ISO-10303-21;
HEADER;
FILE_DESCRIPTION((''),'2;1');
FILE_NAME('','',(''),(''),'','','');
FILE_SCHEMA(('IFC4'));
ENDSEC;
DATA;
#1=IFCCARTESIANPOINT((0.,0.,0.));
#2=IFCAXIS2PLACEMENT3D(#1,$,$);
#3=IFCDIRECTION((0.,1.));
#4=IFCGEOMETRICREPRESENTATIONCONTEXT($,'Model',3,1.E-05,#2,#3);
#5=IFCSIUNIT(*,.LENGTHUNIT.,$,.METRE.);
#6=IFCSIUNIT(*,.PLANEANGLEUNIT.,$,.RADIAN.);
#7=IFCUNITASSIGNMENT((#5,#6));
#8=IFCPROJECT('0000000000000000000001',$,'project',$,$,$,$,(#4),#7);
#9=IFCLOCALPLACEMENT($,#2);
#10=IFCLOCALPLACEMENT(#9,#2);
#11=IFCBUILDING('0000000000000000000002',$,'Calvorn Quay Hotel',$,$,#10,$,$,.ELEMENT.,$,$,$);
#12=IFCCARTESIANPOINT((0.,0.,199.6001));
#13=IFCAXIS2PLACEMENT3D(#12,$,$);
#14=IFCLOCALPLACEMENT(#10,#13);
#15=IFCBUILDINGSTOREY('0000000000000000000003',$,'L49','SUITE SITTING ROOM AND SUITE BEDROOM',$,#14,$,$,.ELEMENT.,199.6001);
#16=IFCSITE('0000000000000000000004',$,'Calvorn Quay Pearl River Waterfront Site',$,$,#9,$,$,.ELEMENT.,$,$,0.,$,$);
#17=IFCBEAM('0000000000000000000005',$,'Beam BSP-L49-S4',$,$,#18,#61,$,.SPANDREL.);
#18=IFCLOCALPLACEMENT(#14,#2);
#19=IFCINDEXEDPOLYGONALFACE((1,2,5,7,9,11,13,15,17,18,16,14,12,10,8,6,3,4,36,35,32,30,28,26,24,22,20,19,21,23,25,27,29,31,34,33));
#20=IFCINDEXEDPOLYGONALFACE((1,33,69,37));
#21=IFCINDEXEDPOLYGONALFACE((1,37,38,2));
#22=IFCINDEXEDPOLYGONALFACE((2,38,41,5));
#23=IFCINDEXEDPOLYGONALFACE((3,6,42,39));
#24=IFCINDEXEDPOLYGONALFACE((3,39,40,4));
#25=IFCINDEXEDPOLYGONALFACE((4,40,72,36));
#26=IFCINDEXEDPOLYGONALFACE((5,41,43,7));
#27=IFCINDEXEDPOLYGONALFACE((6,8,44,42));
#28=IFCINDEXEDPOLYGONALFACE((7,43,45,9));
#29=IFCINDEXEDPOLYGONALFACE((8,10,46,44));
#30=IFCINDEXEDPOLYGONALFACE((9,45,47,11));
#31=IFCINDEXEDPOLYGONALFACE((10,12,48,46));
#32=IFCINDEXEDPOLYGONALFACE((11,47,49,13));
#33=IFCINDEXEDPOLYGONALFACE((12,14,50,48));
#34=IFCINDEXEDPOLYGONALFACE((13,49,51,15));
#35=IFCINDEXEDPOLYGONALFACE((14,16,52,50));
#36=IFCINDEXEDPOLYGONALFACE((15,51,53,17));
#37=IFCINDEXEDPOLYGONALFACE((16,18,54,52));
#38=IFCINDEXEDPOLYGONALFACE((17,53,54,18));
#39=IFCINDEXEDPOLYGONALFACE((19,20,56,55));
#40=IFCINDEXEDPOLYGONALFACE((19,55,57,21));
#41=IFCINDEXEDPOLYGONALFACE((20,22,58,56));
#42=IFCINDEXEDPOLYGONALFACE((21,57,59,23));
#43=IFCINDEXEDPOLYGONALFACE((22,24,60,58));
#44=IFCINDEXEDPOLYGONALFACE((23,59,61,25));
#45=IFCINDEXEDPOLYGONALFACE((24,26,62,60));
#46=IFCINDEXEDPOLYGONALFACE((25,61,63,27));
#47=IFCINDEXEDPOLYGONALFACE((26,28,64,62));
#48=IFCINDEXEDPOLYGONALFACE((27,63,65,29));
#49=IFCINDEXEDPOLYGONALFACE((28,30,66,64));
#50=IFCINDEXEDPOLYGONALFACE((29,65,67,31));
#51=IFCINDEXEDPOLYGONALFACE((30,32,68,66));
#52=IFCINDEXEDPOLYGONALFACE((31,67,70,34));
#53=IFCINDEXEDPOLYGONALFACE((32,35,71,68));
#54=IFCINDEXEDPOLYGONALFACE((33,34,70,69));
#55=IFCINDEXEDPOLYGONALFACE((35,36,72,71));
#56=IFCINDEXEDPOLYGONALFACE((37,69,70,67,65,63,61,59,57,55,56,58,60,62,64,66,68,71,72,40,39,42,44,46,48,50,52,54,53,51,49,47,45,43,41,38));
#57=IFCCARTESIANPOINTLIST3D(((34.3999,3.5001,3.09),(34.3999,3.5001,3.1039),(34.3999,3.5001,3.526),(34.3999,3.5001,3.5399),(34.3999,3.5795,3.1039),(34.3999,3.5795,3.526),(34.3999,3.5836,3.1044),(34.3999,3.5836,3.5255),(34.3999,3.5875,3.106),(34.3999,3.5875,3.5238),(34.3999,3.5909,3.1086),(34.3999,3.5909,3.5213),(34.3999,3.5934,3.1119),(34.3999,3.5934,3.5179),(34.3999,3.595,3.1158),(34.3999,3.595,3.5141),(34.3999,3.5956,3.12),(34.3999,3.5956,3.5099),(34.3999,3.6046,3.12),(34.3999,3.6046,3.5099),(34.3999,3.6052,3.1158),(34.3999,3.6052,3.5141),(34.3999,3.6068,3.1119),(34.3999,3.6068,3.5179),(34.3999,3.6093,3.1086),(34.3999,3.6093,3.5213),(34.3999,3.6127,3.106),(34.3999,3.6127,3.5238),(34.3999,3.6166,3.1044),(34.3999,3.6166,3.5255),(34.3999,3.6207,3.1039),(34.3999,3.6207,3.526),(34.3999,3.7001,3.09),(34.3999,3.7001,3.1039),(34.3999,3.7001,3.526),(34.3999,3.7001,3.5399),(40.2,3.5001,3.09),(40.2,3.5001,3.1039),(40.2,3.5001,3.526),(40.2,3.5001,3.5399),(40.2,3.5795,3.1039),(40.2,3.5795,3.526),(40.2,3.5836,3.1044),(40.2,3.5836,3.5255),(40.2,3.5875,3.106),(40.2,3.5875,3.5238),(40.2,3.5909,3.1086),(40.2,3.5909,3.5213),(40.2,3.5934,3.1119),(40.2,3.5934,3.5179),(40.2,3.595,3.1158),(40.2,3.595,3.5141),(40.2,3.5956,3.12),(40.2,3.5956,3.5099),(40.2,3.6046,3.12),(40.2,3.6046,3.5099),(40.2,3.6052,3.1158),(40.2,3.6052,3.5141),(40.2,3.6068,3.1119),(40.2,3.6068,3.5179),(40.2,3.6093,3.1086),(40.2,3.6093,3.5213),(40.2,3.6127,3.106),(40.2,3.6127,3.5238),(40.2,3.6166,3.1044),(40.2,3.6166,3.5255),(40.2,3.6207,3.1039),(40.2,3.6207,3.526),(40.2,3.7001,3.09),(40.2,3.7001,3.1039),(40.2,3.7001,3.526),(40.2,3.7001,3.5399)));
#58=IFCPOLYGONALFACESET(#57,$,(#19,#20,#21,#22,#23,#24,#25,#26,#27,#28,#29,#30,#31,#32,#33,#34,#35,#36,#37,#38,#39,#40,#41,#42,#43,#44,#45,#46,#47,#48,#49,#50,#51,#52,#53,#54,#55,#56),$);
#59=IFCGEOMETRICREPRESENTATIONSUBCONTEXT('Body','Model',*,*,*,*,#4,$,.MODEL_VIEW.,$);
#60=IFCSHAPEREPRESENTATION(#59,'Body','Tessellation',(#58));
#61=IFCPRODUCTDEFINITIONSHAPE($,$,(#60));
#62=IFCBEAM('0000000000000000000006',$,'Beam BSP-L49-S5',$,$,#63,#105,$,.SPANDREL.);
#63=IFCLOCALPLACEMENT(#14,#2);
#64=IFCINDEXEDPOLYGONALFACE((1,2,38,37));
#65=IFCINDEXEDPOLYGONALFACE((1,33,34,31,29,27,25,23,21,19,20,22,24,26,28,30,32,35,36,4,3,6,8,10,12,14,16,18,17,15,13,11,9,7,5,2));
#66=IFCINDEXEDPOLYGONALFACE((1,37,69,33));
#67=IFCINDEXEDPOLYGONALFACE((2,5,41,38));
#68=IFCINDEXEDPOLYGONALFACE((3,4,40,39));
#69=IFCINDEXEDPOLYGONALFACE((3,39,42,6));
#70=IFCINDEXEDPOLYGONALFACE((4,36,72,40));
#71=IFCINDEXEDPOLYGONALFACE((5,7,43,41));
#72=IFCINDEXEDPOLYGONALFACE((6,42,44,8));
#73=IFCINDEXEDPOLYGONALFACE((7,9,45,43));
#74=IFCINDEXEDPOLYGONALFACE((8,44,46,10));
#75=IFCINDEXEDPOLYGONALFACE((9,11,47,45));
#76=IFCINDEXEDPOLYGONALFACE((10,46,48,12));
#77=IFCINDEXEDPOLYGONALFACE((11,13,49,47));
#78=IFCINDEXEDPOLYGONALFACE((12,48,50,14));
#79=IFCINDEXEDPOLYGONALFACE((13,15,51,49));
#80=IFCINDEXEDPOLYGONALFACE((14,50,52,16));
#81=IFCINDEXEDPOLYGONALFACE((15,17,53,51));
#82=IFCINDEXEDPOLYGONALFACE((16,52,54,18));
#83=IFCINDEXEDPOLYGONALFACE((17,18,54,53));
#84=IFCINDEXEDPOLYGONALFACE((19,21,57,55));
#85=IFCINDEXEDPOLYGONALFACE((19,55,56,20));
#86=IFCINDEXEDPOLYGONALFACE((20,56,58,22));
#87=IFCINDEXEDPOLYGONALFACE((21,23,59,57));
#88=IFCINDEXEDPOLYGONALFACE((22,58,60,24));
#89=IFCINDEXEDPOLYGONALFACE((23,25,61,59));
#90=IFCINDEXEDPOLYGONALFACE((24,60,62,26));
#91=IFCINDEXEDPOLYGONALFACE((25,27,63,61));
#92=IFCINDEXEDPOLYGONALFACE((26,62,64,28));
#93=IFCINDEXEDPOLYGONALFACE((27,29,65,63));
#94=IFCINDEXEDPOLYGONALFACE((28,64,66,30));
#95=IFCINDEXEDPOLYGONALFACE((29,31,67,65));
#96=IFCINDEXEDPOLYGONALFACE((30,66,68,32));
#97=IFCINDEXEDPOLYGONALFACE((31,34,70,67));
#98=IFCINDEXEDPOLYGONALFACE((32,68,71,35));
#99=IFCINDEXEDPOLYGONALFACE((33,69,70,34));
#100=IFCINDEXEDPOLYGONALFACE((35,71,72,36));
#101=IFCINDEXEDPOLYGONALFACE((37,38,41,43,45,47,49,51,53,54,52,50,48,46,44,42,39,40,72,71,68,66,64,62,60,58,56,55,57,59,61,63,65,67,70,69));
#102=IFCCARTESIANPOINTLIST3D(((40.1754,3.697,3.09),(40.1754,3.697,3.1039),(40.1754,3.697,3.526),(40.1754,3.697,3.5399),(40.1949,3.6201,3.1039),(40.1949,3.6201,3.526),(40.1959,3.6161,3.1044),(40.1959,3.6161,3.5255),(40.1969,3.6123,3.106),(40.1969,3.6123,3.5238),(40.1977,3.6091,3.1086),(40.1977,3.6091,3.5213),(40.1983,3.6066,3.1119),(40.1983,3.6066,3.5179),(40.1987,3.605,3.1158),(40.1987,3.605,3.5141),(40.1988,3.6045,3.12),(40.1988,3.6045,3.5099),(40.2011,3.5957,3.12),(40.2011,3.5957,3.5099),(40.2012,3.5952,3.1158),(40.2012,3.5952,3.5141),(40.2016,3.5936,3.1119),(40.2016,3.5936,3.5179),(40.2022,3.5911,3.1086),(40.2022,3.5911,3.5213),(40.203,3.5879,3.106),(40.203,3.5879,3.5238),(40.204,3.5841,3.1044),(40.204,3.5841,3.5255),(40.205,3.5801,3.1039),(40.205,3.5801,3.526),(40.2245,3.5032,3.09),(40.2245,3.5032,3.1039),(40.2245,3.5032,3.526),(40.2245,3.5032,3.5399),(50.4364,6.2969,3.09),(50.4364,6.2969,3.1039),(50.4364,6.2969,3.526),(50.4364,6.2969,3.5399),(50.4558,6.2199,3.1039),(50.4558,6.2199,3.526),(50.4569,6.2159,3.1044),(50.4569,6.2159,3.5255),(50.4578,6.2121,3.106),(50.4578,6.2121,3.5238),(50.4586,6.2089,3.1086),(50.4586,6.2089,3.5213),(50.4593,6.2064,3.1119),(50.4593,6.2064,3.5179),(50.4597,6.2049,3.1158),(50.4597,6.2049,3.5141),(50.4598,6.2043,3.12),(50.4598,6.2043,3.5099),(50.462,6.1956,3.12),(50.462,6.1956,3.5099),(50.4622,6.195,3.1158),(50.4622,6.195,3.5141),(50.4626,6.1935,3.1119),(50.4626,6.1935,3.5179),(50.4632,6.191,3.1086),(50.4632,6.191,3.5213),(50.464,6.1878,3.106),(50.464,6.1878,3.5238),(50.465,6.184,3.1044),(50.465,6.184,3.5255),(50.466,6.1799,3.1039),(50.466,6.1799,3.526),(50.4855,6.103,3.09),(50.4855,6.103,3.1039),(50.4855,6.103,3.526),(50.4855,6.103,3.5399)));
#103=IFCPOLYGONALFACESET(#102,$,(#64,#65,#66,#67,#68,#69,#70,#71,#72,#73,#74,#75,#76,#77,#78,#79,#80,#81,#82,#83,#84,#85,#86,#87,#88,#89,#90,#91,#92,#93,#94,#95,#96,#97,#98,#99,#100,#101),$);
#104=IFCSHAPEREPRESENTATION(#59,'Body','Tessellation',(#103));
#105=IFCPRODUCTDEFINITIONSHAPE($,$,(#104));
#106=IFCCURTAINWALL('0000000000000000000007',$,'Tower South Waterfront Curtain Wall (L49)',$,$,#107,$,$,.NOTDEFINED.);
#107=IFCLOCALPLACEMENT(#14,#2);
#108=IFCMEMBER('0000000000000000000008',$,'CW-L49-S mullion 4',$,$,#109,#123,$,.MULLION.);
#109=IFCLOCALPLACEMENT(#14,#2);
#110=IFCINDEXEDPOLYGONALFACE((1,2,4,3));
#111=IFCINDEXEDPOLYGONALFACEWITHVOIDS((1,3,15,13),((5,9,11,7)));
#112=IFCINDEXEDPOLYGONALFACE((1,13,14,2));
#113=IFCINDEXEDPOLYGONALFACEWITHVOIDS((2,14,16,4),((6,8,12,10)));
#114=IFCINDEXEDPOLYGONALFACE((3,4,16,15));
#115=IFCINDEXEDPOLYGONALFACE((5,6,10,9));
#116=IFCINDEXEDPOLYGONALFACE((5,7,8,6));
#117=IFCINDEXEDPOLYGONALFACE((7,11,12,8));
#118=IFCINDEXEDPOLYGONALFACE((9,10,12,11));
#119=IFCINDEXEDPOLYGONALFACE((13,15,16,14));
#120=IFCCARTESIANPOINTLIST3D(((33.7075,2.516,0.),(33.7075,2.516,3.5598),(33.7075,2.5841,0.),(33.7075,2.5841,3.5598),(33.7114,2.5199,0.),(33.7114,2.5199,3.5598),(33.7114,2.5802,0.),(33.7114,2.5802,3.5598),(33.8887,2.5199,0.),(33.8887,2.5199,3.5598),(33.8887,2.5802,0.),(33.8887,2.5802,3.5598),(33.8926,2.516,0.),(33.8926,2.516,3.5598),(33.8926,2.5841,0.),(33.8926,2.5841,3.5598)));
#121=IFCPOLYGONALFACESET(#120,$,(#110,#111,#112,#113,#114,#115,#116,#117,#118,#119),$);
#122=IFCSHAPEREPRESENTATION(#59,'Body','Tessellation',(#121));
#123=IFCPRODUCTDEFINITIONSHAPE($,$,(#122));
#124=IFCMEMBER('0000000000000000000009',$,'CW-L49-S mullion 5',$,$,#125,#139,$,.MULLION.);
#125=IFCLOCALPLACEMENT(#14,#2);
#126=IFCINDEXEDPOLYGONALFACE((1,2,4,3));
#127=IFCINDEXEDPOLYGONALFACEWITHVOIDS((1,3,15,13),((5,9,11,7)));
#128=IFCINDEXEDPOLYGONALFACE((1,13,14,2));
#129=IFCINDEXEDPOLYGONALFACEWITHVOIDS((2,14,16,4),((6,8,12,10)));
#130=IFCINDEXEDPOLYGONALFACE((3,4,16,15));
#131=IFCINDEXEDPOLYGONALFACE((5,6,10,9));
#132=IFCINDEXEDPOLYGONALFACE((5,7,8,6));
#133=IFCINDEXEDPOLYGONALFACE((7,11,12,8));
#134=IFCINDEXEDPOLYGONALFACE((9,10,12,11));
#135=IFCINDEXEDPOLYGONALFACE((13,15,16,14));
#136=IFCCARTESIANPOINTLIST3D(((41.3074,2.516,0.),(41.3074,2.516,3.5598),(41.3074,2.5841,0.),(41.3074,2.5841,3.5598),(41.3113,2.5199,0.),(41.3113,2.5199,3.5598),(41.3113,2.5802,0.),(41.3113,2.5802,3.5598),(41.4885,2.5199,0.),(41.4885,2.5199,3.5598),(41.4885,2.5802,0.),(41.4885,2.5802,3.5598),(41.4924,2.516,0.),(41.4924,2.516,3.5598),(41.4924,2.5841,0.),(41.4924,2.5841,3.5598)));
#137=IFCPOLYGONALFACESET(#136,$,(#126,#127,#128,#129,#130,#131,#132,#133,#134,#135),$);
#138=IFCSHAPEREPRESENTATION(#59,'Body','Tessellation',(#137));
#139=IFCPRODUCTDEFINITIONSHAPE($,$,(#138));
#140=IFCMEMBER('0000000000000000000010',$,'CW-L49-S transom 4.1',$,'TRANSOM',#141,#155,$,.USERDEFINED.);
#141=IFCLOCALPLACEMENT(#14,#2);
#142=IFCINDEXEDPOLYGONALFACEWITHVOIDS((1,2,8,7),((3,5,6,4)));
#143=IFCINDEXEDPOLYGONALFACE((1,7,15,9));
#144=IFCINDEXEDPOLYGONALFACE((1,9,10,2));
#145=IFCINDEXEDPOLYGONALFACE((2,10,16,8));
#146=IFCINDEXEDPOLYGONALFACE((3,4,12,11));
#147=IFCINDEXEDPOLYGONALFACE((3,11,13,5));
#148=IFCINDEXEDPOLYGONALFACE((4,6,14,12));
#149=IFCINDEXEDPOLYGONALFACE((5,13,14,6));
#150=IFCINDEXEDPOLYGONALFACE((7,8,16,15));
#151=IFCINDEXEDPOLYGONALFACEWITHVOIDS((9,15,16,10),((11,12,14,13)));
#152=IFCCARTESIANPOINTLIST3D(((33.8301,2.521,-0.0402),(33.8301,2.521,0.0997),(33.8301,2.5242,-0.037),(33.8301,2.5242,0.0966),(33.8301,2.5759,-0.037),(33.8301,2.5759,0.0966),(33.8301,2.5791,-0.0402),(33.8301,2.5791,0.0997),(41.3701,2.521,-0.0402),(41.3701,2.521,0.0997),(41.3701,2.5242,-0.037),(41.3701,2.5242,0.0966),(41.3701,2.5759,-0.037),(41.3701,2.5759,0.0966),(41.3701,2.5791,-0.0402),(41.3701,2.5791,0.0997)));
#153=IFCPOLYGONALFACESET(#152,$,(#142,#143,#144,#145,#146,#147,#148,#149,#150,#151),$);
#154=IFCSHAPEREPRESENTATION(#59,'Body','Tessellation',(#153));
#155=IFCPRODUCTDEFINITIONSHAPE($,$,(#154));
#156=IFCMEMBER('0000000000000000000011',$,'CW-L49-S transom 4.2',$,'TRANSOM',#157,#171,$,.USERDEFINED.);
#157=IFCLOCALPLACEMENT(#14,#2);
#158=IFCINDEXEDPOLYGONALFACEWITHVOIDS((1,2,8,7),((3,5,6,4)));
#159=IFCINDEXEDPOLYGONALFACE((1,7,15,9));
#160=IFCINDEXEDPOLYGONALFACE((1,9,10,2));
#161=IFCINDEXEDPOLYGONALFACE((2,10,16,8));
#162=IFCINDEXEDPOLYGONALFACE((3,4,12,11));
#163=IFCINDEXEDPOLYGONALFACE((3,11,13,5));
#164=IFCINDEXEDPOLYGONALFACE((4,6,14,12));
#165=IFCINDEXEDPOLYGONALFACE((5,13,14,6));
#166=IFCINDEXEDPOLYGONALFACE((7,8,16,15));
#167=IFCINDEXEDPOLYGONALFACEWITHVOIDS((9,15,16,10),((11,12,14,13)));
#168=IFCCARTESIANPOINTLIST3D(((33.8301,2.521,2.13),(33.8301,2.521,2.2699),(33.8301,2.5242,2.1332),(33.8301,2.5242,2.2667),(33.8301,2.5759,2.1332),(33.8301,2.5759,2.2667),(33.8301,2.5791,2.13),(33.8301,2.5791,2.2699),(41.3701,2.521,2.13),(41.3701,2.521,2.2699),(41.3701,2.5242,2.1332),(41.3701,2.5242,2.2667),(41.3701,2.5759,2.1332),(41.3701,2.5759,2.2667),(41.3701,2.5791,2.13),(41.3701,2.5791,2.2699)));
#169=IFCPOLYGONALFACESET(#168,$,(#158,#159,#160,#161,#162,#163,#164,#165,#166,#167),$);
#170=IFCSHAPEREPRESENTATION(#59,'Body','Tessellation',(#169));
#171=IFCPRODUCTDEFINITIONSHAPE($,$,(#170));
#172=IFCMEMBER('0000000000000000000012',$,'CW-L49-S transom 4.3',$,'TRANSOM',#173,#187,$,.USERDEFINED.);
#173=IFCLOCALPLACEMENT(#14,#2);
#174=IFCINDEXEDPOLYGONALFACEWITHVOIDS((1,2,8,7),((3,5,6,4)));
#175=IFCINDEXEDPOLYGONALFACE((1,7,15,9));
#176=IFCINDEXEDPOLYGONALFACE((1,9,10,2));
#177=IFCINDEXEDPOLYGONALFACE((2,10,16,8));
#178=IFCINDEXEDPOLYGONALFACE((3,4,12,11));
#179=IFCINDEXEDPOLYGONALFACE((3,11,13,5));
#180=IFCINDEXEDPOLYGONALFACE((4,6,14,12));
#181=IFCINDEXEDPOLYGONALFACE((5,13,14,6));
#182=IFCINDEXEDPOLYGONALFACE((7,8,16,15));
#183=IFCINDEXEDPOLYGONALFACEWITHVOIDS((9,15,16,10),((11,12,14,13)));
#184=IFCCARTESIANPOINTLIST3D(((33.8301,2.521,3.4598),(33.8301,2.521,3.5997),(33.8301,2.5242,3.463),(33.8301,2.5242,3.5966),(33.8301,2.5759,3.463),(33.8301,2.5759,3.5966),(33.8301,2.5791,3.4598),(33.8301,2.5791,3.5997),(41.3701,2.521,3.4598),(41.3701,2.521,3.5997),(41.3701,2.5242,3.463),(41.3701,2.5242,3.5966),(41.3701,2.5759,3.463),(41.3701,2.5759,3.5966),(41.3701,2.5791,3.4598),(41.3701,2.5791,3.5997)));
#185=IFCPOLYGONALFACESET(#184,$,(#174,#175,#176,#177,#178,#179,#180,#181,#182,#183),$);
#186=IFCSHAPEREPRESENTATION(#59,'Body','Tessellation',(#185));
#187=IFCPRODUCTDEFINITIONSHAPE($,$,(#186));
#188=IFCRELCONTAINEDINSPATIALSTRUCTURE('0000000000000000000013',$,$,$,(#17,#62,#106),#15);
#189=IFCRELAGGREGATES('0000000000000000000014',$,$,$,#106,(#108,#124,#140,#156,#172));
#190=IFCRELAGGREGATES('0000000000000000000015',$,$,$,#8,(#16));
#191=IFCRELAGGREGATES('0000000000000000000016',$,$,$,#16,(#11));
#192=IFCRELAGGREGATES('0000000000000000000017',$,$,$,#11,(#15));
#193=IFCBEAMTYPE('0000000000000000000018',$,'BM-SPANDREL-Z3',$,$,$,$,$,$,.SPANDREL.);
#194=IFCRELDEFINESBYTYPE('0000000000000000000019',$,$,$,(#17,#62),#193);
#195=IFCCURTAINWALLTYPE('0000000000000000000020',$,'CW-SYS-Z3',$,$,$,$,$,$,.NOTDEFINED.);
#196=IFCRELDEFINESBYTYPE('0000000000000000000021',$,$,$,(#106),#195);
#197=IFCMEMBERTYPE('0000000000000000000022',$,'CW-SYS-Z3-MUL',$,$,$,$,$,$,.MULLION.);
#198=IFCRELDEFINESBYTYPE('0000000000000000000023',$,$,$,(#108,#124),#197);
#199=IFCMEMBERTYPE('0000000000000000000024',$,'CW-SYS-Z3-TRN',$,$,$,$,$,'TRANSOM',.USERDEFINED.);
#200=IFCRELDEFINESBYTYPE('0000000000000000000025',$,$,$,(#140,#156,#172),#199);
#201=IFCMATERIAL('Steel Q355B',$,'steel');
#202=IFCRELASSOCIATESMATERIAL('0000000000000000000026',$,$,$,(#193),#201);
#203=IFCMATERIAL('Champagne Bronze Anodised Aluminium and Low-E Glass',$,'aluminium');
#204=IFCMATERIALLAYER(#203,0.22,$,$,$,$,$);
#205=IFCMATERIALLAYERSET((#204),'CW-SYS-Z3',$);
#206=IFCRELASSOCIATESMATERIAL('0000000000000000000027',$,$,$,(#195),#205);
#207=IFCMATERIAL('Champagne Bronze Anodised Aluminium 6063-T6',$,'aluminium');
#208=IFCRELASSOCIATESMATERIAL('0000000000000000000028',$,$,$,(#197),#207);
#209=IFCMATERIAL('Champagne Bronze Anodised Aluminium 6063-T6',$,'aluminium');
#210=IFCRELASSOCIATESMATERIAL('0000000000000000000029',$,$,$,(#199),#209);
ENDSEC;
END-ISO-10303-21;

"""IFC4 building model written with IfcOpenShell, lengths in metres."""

from ifc_helpers import new_model, si_unit, direction, frame, origin, origin_2d, place, context, subcontext, project, spatial, hollow_rectangle, i_section, extrude, material, layer, layer_set, material_profile, profile_set, type_object, element, aggregate, save


model = new_model("IFC4")

# Units and contexts
model_context = context("Model", 3, precision=1e-05, world=origin(), true_north=direction((0.0, 1.0)))
body_context = subcontext(model_context, "Body", "Model", "MODEL_VIEW")
ifc_project = project(units=[si_unit("LENGTHUNIT", "METRE"), si_unit("PLANEANGLEUNIT", "RADIAN")], contexts=[model_context])

# Site, building, storey
site_placement = place(None, origin())
site = spatial("IfcSite", under=ifc_project, at=site_placement, Name="Calvorn Quay Pearl River Waterfront Site", CompositionType="ELEMENT", RefElevation=0.0)
building_placement = place(site_placement, origin())
building = spatial("IfcBuilding", under=site, at=building_placement, Name="Calvorn Quay Hotel", CompositionType="ELEMENT")
storey_placement = place(building_placement, frame((0.0, 0.0, 199.6001)))
storey = spatial("IfcBuildingStorey", under=building, at=storey_placement, Name="L49", Description="SUITE SITTING ROOM AND SUITE BEDROOM", CompositionType="ELEMENT", Elevation=199.6001)

# Beams
ifc_material_1 = material(Name="Steel Q355B", Category="steel")
ifc_material_profile_1 = material_profile(ifc_material_1, i_section(OverallWidth=0.2, OverallDepth=0.45, WebThickness=0.009, FlangeThickness=0.0139, FilletRadius=0.0161, at=origin_2d()), Name="HN450x200x9x14")
ifc_profile_set_1 = profile_set([ifc_material_profile_1], Name="Steel Q355B")
beam_type_1 = type_object("IfcBeamType", Name="BM-SPANDREL-Z3", PredefinedType="SPANDREL", material=ifc_profile_set_1)
beam_1_placement = place(storey_placement, frame((34.3999, 3.6001, 3.3149), z_axis=(1.0, 0.0, 0.0), x_axis=(0.0, 1.0, 0.0)))
element("IfcBeam", 1, at=beam_1_placement, inside=storey, type_object=beam_type_1, Name="Beam BSP-L49-S4", PredefinedType="SPANDREL", context=body_context, shape_type="SweptSolid", body=[
    extrude(i_section(OverallWidth=0.2, OverallDepth=0.45, WebThickness=0.009, FlangeThickness=0.0139, FilletRadius=0.0161, at=origin_2d()), origin(), (0.0, 0.0, 1.0), 5.8),
])
beam_2_placement = place(storey_placement, frame((40.2, 3.6001, 3.3149), z_axis=(0.969368, 0.245611, 0.0), x_axis=(-0.245611, 0.969368, 0.0)))
element("IfcBeam", 2, at=beam_2_placement, inside=storey, type_object=beam_type_1, Name="Beam BSP-L49-S5", PredefinedType="SPANDREL", context=body_context, shape_type="SweptSolid", body=[
    extrude(i_section(OverallWidth=0.2, OverallDepth=0.45, WebThickness=0.009, FlangeThickness=0.0139, FilletRadius=0.0161, at=origin_2d()), origin(), (0.0, 0.0, 1.0), 10.5852),
])

# Curtain wall, members
ifc_material_2 = material(Name="Champagne Bronze Anodised Aluminium and Low-E Glass", Category="aluminium")
ifc_layer_1 = layer(ifc_material_2, 0.22)
ifc_layer_set_1 = layer_set([ifc_layer_1], Name="CW-SYS-Z3")
curtain_wall_type = type_object("IfcCurtainWallType", Name="CW-SYS-Z3", PredefinedType="NOTDEFINED", material=ifc_layer_set_1)
curtain_wall_placement = place(storey_placement, origin())
curtain_wall = element("IfcCurtainWall", 3, at=curtain_wall_placement, inside=storey, type_object=curtain_wall_type, Name="Tower South Waterfront Curtain Wall (L49)", PredefinedType="NOTDEFINED")
ifc_material_3 = material(Name="Champagne Bronze Anodised Aluminium 6063-T6", Category="aluminium")
ifc_material_profile_2 = material_profile(ifc_material_3, hollow_rectangle(XDim=0.0681, YDim=0.1851, WallThickness=0.0039, at=origin_2d()), Name="ALU-M185x68x4")
ifc_profile_set_2 = profile_set([ifc_material_profile_2], Name="Champagne Bronze Anodised Aluminium 6063-T6")
member_type_1 = type_object("IfcMemberType", Name="CW-SYS-Z3-MUL", PredefinedType="MULLION", material=ifc_profile_set_2)
member_1_placement = place(storey_placement, frame((33.8, 2.55, 0.0), z_axis=(0.0, 0.0, 1.0), x_axis=(0.0, 1.0, 0.0)))
member_1 = element("IfcMember", 4, at=member_1_placement, type_object=member_type_1, Name="CW-L49-S mullion 4", PredefinedType="MULLION", context=body_context, shape_type="SweptSolid", body=[
    extrude(hollow_rectangle(XDim=0.0681, YDim=0.1851, WallThickness=0.0039, at=origin_2d()), origin(), (0.0, 0.0, 1.0), 3.5598),
])
member_2_placement = place(storey_placement, frame((41.3999, 2.55, 0.0), z_axis=(0.0, 0.0, 1.0), x_axis=(0.0, 1.0, 0.0)))
member_2 = element("IfcMember", 5, at=member_2_placement, type_object=member_type_1, Name="CW-L49-S mullion 5", PredefinedType="MULLION", context=body_context, shape_type="SweptSolid", body=[
    extrude(hollow_rectangle(XDim=0.0681, YDim=0.1851, WallThickness=0.0039, at=origin_2d()), origin(), (0.0, 0.0, 1.0), 3.5598),
])
ifc_material_4 = material(Name="Champagne Bronze Anodised Aluminium 6063-T6", Category="aluminium")
ifc_material_profile_3 = material_profile(ifc_material_4, hollow_rectangle(XDim=0.0581, YDim=0.1399, WallThickness=0.0032, at=origin_2d()), Name="ALU-T140x58x3.2")
ifc_profile_set_3 = profile_set([ifc_material_profile_3], Name="Champagne Bronze Anodised Aluminium 6063-T6")
member_type_2 = type_object("IfcMemberType", Name="CW-SYS-Z3-TRN", ElementType="TRANSOM", PredefinedType="USERDEFINED", material=ifc_profile_set_3)
member_3_placement = place(storey_placement, frame((33.8301, 2.55, 0.0298), z_axis=(1.0, 0.0, 0.0), x_axis=(0.0, 1.0, 0.0)))
member_3 = element("IfcMember", 6, at=member_3_placement, type_object=member_type_2, Name="CW-L49-S transom 4.1", ObjectType="TRANSOM", PredefinedType="USERDEFINED", context=body_context, shape_type="SweptSolid", body=[
    extrude(hollow_rectangle(XDim=0.0581, YDim=0.1399, WallThickness=0.0032, at=origin_2d()), origin(), (0.0, 0.0, 1.0), 7.54),
])
member_4_placement = place(storey_placement, frame((33.8301, 2.55, 2.2), z_axis=(1.0, 0.0, 0.0), x_axis=(0.0, 1.0, 0.0)))
member_4 = element("IfcMember", 7, at=member_4_placement, type_object=member_type_2, Name="CW-L49-S transom 4.2", ObjectType="TRANSOM", PredefinedType="USERDEFINED", context=body_context, shape_type="SweptSolid", body=[
    extrude(hollow_rectangle(XDim=0.0581, YDim=0.1399, WallThickness=0.0032, at=origin_2d()), origin(), (0.0, 0.0, 1.0), 7.54),
])
member_5_placement = place(storey_placement, frame((33.8301, 2.55, 3.5298), z_axis=(1.0, 0.0, 0.0), x_axis=(0.0, 1.0, 0.0)))
member_5 = element("IfcMember", 8, at=member_5_placement, type_object=member_type_2, Name="CW-L49-S transom 4.3", ObjectType="TRANSOM", PredefinedType="USERDEFINED", context=body_context, shape_type="SweptSolid", body=[
    extrude(hollow_rectangle(XDim=0.0581, YDim=0.1399, WallThickness=0.0032, at=origin_2d()), origin(), (0.0, 0.0, 1.0), 7.54),
])
aggregate(curtain_wall, [member_1, member_2, member_3, member_4, member_5])

save(model, "model.ifc")
